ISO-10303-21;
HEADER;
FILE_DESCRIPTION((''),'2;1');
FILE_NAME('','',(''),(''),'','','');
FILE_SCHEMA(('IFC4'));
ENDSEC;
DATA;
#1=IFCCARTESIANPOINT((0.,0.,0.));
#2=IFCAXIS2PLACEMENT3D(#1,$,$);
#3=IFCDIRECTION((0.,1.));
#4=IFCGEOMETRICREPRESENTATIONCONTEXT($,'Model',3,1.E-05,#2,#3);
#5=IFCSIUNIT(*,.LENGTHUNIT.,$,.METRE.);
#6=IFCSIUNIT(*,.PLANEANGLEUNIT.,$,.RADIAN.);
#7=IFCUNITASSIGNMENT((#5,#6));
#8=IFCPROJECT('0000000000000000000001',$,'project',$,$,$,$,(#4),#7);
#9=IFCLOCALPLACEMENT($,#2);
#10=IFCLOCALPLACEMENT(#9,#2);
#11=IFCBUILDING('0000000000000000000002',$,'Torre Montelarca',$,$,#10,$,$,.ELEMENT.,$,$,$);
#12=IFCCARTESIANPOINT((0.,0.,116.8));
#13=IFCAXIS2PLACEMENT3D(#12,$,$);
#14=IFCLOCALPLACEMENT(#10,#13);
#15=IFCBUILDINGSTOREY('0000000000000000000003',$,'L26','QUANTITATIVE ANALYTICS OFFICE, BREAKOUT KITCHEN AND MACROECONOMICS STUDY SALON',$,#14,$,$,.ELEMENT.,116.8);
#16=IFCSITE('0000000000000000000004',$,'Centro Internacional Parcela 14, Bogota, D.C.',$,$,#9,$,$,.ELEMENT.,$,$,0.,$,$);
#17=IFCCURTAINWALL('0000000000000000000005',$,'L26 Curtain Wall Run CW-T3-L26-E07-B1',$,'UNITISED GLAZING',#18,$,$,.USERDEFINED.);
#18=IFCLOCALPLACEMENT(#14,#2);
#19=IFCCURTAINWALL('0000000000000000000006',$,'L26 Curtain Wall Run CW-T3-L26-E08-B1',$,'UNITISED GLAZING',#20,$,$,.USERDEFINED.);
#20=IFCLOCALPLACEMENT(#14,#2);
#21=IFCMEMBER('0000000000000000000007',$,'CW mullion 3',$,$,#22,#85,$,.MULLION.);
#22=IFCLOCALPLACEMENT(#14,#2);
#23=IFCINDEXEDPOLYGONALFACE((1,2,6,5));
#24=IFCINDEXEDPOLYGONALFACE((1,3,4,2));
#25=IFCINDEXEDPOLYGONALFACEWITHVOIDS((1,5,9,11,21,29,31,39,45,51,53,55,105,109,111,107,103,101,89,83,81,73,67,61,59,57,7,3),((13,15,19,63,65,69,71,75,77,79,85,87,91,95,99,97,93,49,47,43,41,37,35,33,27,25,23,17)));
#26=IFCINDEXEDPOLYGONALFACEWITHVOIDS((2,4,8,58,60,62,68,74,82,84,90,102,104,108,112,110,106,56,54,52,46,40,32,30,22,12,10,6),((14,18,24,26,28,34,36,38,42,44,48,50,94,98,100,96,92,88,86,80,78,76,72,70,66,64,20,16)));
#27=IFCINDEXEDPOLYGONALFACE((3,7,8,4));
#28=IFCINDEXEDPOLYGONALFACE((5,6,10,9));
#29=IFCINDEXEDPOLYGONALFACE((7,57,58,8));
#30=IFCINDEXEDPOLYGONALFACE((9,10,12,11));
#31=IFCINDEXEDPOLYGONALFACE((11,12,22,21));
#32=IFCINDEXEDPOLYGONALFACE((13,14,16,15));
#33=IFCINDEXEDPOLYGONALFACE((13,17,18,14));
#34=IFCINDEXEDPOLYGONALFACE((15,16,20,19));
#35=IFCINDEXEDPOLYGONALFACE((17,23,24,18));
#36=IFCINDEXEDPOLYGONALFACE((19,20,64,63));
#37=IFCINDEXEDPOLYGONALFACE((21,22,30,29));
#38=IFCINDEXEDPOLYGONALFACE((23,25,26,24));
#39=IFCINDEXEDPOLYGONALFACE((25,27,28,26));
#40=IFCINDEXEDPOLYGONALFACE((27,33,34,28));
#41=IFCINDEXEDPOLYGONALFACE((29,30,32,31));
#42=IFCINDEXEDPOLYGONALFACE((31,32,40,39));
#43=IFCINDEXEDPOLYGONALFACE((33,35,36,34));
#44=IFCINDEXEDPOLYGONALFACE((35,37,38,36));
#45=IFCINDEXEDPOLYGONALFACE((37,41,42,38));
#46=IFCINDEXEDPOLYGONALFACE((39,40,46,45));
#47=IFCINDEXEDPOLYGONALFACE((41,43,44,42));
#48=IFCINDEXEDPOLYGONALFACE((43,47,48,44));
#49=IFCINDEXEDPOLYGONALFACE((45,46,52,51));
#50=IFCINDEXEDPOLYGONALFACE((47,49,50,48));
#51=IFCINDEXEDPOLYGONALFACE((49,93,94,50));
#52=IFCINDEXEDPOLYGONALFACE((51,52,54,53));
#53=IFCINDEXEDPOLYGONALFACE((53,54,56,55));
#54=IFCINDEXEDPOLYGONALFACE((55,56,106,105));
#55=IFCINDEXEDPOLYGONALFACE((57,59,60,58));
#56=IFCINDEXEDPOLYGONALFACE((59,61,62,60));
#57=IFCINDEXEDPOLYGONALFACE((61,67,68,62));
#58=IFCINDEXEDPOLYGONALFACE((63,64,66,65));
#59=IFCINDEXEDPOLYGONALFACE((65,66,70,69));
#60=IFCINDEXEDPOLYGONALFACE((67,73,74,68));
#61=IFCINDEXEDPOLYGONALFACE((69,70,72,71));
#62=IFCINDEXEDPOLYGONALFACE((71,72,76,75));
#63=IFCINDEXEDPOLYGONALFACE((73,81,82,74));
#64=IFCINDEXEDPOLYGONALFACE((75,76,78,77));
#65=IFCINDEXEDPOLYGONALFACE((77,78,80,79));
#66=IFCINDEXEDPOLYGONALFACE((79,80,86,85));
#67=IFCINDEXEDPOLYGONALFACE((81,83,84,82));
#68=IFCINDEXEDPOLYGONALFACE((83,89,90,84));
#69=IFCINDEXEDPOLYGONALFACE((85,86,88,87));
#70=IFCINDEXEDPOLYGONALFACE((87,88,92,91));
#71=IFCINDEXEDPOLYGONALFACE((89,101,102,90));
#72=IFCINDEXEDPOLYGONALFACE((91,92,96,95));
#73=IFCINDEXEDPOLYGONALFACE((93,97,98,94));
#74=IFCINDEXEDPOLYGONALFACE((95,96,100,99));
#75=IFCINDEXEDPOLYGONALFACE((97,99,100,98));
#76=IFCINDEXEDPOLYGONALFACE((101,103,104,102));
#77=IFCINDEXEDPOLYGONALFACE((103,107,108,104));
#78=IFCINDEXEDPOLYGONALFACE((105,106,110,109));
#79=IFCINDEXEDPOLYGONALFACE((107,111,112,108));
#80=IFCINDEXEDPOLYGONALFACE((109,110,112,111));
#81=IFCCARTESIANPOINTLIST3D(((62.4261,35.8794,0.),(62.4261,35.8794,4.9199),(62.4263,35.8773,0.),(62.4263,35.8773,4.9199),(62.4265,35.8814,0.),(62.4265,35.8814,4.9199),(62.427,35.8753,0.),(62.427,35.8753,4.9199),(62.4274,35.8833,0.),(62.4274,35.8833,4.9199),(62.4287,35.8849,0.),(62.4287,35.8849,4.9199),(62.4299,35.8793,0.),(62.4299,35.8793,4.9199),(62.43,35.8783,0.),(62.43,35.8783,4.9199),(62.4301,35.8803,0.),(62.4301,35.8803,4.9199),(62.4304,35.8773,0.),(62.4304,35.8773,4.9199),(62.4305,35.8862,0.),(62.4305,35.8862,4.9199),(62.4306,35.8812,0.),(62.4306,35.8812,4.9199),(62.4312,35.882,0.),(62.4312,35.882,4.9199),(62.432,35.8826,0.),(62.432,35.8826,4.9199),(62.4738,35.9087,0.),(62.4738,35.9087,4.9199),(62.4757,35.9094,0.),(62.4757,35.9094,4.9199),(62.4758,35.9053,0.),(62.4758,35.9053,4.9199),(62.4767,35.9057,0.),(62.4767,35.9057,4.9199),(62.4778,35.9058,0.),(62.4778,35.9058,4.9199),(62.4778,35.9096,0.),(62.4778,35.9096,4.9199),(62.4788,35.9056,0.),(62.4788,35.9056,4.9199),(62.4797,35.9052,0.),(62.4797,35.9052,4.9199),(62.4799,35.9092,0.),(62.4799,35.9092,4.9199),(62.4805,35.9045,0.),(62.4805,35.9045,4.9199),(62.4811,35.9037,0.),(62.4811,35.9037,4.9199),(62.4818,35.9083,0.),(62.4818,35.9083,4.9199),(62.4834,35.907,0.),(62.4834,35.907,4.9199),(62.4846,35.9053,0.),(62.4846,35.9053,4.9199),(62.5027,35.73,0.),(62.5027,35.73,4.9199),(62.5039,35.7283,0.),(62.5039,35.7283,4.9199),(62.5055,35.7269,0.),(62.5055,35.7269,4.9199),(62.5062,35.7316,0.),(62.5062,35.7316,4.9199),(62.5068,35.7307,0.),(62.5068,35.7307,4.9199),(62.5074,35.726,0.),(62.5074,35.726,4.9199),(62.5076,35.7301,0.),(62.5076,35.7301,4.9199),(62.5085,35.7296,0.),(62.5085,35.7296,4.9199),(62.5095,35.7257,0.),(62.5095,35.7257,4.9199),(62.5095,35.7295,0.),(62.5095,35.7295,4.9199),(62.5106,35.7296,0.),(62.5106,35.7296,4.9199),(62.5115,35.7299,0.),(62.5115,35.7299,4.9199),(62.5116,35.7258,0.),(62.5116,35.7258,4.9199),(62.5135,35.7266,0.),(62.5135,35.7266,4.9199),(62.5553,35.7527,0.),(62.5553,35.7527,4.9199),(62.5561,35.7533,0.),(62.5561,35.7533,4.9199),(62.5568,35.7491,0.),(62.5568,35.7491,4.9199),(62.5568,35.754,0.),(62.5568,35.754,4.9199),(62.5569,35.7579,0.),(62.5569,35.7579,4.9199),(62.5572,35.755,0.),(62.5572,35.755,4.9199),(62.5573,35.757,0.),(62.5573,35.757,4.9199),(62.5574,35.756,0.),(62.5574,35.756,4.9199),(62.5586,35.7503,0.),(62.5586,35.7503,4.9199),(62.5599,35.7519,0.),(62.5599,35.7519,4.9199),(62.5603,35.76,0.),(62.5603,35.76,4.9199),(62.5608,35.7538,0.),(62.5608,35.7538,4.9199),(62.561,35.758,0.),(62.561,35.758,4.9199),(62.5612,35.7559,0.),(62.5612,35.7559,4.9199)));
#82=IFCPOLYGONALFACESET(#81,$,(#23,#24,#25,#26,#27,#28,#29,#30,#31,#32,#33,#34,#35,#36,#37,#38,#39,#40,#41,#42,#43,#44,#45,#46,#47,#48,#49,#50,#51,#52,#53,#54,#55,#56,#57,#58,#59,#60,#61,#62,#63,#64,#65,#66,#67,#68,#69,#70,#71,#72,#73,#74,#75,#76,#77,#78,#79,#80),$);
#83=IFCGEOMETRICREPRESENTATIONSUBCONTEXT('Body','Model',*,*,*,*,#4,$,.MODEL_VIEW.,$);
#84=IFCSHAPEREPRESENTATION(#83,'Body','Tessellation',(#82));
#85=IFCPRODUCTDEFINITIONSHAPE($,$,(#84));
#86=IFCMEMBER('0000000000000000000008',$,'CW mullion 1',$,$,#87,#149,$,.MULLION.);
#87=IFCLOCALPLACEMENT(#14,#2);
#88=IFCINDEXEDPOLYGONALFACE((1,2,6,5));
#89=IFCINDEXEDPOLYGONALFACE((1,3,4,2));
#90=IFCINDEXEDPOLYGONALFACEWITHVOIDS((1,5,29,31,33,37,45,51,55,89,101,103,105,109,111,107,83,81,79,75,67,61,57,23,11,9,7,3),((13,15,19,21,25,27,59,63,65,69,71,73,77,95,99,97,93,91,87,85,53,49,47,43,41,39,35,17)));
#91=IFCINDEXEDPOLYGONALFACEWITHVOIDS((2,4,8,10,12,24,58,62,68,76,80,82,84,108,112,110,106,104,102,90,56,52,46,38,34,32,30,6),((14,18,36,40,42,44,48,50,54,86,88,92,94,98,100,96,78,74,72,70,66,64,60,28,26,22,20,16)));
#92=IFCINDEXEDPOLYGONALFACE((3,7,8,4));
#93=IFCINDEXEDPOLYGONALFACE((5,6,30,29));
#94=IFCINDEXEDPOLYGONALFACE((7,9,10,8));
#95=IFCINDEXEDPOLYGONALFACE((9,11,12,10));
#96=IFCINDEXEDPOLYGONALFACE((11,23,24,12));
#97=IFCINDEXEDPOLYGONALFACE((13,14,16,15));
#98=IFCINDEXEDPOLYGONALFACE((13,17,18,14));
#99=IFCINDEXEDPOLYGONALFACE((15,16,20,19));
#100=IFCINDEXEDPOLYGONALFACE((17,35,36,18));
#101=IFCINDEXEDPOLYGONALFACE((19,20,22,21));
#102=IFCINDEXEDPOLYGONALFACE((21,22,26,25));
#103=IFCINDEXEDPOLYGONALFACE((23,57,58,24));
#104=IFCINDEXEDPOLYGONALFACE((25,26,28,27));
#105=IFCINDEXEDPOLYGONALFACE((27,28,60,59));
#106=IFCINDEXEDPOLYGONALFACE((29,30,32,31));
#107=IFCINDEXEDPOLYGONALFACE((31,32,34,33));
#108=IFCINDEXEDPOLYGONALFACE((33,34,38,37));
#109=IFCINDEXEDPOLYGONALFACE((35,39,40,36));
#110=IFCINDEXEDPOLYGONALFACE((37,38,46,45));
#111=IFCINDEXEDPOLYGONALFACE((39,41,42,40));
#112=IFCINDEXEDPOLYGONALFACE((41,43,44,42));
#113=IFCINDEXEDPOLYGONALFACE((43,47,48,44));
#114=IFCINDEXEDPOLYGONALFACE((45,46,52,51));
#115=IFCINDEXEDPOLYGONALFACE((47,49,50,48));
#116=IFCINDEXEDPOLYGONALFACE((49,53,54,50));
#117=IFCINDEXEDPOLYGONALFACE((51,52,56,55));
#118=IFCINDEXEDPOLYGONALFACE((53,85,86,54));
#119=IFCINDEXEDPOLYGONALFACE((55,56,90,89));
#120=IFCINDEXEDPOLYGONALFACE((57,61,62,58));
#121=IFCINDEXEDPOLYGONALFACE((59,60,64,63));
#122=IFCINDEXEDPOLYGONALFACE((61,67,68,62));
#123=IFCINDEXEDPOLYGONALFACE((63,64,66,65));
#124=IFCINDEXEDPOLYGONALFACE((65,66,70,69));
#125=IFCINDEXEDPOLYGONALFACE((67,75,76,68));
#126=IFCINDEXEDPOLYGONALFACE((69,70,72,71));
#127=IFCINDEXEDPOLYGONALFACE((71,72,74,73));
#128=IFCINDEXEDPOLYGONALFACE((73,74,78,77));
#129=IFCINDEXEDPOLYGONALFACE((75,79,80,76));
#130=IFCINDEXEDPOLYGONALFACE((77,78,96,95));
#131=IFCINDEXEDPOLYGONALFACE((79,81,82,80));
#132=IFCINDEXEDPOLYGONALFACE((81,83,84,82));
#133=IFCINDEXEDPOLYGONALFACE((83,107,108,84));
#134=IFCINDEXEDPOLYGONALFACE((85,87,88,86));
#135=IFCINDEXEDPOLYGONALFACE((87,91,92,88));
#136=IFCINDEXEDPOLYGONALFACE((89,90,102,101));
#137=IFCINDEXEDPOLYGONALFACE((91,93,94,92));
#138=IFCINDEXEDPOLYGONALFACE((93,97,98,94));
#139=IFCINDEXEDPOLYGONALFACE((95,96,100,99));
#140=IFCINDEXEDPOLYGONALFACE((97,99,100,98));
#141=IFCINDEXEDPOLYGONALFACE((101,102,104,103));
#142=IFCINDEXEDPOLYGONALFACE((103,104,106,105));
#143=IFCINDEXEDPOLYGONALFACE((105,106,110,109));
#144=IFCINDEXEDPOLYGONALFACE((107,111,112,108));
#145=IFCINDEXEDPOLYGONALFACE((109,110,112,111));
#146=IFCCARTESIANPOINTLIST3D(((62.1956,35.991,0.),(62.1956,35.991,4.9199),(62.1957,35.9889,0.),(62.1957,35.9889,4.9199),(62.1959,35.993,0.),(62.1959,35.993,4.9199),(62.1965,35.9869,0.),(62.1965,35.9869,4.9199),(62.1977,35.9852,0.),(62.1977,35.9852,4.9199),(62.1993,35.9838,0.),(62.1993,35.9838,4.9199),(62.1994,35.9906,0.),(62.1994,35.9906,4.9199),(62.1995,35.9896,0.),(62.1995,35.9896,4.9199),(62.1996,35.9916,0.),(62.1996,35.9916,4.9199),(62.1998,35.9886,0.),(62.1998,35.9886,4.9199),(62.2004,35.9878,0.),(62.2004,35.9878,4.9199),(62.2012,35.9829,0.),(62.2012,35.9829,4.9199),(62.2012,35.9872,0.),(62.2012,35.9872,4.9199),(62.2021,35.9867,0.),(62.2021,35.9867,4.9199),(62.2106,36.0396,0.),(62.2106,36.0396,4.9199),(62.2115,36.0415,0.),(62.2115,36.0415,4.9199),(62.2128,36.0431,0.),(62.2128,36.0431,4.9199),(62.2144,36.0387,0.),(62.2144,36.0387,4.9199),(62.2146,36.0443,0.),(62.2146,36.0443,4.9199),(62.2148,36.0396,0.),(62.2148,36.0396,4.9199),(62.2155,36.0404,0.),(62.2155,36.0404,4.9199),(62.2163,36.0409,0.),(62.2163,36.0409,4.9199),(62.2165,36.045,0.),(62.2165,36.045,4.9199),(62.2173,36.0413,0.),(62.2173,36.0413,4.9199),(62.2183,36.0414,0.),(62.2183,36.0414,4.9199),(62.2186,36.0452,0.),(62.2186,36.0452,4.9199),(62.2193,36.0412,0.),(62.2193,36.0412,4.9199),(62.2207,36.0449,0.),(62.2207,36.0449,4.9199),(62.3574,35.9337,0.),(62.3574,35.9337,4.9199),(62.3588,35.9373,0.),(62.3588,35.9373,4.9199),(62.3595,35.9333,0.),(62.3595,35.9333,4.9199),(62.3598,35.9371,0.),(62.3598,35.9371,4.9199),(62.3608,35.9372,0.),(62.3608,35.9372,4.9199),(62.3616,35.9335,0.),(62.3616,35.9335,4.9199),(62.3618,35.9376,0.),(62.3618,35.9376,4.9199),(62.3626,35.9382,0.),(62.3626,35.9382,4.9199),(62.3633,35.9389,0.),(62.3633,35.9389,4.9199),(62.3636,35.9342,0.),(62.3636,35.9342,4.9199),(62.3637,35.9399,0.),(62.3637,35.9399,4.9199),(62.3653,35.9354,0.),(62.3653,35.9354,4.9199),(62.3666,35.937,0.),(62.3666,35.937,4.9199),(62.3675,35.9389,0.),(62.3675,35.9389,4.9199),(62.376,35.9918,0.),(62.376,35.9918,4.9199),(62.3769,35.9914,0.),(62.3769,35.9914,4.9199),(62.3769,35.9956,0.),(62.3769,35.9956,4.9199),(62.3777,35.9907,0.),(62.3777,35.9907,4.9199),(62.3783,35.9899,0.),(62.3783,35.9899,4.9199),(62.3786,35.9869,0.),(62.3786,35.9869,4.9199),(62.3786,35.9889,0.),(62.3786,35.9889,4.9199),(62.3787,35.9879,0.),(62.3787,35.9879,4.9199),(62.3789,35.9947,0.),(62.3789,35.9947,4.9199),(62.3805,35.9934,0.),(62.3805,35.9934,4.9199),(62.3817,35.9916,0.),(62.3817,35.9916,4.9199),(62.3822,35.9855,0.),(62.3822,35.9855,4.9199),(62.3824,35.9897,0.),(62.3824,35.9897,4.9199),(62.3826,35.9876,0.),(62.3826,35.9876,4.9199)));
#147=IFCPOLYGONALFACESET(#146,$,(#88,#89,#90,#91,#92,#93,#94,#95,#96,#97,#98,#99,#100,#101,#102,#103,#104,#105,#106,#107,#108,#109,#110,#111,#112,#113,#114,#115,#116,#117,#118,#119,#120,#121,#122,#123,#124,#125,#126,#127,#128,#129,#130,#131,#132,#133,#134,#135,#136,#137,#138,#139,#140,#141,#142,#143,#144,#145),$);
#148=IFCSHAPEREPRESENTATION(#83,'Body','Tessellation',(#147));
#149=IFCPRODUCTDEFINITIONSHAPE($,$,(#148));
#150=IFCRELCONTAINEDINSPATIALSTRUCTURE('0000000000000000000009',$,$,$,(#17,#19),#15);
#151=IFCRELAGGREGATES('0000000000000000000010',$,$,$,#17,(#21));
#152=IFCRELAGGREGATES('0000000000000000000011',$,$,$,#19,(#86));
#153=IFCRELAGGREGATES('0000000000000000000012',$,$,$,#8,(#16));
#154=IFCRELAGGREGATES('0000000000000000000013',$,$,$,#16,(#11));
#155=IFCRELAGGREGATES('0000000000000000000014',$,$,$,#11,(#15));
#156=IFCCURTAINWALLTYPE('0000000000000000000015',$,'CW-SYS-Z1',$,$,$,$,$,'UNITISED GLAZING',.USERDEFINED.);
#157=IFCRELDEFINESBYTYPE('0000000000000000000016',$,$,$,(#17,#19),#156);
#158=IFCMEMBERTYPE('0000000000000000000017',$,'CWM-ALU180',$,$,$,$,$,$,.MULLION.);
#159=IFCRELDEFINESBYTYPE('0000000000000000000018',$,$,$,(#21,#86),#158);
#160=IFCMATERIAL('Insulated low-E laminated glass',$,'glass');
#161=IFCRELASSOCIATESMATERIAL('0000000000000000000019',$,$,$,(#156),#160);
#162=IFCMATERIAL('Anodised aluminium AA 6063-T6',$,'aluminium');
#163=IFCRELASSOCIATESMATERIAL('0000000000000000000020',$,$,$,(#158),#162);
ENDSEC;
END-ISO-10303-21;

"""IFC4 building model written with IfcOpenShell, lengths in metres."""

from ifc_helpers import new_model, si_unit, direction, frame, origin, origin_2d, place, context, subcontext, project, spatial, hollow_rectangle, extrude, source, transform, mapped, material, material_profile, profile_set, type_object, element, aggregate, save


model = new_model("IFC4")

# Units and contexts
model_context = context("Model", 3, precision=1e-05, world=origin(), true_north=direction((0.0, 1.0)))
body_context = subcontext(model_context, "Body", "Model", "MODEL_VIEW")
ifc_project = project(units=[si_unit("LENGTHUNIT", "METRE"), si_unit("PLANEANGLEUNIT", "RADIAN")], contexts=[model_context])

# Site, building, storey
site_placement = place(None, origin())
site = spatial("IfcSite", under=ifc_project, at=site_placement, Name="Centro Internacional Parcela 14, Bogota, D.C.", CompositionType="ELEMENT", RefElevation=0.0)
building_placement = place(site_placement, origin())
building = spatial("IfcBuilding", under=site, at=building_placement, Name="Torre Montelarca", CompositionType="ELEMENT")
storey_placement = place(building_placement, frame((0.0, 0.0, 116.8)))
storey = spatial("IfcBuildingStorey", under=building, at=storey_placement, Name="L26", Description="QUANTITATIVE ANALYTICS OFFICE, BREAKOUT KITCHEN AND MACROECONOMICS STUDY SALON", CompositionType="ELEMENT", Elevation=116.8)

# Curtain walls
ifc_material_1 = material(Name="Insulated low-E laminated glass", Category="glass")
curtain_wall_type = type_object("IfcCurtainWallType", Name="CW-SYS-Z1", ElementType="UNITISED GLAZING", PredefinedType="USERDEFINED", material=ifc_material_1)
curtain_wall_1_placement = place(storey_placement, origin())
curtain_wall_1 = element("IfcCurtainWall", 1, at=curtain_wall_1_placement, inside=storey, type_object=curtain_wall_type, Name="L26 Curtain Wall Run CW-T3-L26-E07-B1", ObjectType="UNITISED GLAZING", PredefinedType="USERDEFINED")
ifc_material_2 = material(Name="Anodised aluminium AA 6063-T6", Category="aluminium")
curtain_wall_2_placement = place(storey_placement, origin())
curtain_wall_2 = element("IfcCurtainWall", 2, at=curtain_wall_2_placement, inside=storey, type_object=curtain_wall_type, Name="L26 Curtain Wall Run CW-T3-L26-E08-B1", ObjectType="UNITISED GLAZING", PredefinedType="USERDEFINED")

# Members
ifc_material_profile_1 = material_profile(ifc_material_2, hollow_rectangle(XDim=0.0649, YDim=0.1799, WallThickness=0.0039, InnerFilletRadius=0.0039, OuterFilletRadius=0.0081, at=origin_2d()), Name="ALU65X180X4", Category="aluminium")
ifc_profile_set_1 = profile_set([ifc_material_profile_1], Name="Anodised aluminium AA 6063-T6")
member_type_1 = type_object("IfcMemberType", Name="CWM-ALU180", PredefinedType="MULLION", material=ifc_profile_set_1)
shared_shape_1 = source(origin(), body_context, "Body", "SweptSolid", [
    extrude(hollow_rectangle(XDim=0.0649, YDim=0.1799, WallThickness=0.0039, InnerFilletRadius=0.0039, OuterFilletRadius=0.0081, at=origin_2d()), origin(), (0.0, 0.0, 1.0), 4.9199),
])
member_1_placement = place(storey_placement, frame((62.4937, 35.8176, 0.0), z_axis=(0.0, 0.0, 1.0), x_axis=(-0.887014, -0.461742, 0.0)))
member_1 = element("IfcMember", 3, at=member_1_placement, type_object=member_type_1, Name="CW mullion 3", PredefinedType="MULLION", context=body_context, shape_type="MappedRepresentation", body=[
    mapped(shared_shape_1, transform((0.0, 0.0, 0.0), scale=1.0)),
])
member_2_placement = place(storey_placement, frame((62.2891, 35.9893, 0.0), z_axis=(0.0, 0.0, 1.0), x_axis=(-0.300703, -0.953718, 0.0)))
member_2 = element("IfcMember", 4, at=member_2_placement, type_object=member_type_1, Name="CW mullion 1", PredefinedType="MULLION", context=body_context, shape_type="MappedRepresentation", body=[
    mapped(shared_shape_1, transform((0.0, 0.0, 0.0), scale=1.0)),
])

aggregate(curtain_wall_1, [member_1])
aggregate(curtain_wall_2, [member_2])

save(model, "model.ifc")
